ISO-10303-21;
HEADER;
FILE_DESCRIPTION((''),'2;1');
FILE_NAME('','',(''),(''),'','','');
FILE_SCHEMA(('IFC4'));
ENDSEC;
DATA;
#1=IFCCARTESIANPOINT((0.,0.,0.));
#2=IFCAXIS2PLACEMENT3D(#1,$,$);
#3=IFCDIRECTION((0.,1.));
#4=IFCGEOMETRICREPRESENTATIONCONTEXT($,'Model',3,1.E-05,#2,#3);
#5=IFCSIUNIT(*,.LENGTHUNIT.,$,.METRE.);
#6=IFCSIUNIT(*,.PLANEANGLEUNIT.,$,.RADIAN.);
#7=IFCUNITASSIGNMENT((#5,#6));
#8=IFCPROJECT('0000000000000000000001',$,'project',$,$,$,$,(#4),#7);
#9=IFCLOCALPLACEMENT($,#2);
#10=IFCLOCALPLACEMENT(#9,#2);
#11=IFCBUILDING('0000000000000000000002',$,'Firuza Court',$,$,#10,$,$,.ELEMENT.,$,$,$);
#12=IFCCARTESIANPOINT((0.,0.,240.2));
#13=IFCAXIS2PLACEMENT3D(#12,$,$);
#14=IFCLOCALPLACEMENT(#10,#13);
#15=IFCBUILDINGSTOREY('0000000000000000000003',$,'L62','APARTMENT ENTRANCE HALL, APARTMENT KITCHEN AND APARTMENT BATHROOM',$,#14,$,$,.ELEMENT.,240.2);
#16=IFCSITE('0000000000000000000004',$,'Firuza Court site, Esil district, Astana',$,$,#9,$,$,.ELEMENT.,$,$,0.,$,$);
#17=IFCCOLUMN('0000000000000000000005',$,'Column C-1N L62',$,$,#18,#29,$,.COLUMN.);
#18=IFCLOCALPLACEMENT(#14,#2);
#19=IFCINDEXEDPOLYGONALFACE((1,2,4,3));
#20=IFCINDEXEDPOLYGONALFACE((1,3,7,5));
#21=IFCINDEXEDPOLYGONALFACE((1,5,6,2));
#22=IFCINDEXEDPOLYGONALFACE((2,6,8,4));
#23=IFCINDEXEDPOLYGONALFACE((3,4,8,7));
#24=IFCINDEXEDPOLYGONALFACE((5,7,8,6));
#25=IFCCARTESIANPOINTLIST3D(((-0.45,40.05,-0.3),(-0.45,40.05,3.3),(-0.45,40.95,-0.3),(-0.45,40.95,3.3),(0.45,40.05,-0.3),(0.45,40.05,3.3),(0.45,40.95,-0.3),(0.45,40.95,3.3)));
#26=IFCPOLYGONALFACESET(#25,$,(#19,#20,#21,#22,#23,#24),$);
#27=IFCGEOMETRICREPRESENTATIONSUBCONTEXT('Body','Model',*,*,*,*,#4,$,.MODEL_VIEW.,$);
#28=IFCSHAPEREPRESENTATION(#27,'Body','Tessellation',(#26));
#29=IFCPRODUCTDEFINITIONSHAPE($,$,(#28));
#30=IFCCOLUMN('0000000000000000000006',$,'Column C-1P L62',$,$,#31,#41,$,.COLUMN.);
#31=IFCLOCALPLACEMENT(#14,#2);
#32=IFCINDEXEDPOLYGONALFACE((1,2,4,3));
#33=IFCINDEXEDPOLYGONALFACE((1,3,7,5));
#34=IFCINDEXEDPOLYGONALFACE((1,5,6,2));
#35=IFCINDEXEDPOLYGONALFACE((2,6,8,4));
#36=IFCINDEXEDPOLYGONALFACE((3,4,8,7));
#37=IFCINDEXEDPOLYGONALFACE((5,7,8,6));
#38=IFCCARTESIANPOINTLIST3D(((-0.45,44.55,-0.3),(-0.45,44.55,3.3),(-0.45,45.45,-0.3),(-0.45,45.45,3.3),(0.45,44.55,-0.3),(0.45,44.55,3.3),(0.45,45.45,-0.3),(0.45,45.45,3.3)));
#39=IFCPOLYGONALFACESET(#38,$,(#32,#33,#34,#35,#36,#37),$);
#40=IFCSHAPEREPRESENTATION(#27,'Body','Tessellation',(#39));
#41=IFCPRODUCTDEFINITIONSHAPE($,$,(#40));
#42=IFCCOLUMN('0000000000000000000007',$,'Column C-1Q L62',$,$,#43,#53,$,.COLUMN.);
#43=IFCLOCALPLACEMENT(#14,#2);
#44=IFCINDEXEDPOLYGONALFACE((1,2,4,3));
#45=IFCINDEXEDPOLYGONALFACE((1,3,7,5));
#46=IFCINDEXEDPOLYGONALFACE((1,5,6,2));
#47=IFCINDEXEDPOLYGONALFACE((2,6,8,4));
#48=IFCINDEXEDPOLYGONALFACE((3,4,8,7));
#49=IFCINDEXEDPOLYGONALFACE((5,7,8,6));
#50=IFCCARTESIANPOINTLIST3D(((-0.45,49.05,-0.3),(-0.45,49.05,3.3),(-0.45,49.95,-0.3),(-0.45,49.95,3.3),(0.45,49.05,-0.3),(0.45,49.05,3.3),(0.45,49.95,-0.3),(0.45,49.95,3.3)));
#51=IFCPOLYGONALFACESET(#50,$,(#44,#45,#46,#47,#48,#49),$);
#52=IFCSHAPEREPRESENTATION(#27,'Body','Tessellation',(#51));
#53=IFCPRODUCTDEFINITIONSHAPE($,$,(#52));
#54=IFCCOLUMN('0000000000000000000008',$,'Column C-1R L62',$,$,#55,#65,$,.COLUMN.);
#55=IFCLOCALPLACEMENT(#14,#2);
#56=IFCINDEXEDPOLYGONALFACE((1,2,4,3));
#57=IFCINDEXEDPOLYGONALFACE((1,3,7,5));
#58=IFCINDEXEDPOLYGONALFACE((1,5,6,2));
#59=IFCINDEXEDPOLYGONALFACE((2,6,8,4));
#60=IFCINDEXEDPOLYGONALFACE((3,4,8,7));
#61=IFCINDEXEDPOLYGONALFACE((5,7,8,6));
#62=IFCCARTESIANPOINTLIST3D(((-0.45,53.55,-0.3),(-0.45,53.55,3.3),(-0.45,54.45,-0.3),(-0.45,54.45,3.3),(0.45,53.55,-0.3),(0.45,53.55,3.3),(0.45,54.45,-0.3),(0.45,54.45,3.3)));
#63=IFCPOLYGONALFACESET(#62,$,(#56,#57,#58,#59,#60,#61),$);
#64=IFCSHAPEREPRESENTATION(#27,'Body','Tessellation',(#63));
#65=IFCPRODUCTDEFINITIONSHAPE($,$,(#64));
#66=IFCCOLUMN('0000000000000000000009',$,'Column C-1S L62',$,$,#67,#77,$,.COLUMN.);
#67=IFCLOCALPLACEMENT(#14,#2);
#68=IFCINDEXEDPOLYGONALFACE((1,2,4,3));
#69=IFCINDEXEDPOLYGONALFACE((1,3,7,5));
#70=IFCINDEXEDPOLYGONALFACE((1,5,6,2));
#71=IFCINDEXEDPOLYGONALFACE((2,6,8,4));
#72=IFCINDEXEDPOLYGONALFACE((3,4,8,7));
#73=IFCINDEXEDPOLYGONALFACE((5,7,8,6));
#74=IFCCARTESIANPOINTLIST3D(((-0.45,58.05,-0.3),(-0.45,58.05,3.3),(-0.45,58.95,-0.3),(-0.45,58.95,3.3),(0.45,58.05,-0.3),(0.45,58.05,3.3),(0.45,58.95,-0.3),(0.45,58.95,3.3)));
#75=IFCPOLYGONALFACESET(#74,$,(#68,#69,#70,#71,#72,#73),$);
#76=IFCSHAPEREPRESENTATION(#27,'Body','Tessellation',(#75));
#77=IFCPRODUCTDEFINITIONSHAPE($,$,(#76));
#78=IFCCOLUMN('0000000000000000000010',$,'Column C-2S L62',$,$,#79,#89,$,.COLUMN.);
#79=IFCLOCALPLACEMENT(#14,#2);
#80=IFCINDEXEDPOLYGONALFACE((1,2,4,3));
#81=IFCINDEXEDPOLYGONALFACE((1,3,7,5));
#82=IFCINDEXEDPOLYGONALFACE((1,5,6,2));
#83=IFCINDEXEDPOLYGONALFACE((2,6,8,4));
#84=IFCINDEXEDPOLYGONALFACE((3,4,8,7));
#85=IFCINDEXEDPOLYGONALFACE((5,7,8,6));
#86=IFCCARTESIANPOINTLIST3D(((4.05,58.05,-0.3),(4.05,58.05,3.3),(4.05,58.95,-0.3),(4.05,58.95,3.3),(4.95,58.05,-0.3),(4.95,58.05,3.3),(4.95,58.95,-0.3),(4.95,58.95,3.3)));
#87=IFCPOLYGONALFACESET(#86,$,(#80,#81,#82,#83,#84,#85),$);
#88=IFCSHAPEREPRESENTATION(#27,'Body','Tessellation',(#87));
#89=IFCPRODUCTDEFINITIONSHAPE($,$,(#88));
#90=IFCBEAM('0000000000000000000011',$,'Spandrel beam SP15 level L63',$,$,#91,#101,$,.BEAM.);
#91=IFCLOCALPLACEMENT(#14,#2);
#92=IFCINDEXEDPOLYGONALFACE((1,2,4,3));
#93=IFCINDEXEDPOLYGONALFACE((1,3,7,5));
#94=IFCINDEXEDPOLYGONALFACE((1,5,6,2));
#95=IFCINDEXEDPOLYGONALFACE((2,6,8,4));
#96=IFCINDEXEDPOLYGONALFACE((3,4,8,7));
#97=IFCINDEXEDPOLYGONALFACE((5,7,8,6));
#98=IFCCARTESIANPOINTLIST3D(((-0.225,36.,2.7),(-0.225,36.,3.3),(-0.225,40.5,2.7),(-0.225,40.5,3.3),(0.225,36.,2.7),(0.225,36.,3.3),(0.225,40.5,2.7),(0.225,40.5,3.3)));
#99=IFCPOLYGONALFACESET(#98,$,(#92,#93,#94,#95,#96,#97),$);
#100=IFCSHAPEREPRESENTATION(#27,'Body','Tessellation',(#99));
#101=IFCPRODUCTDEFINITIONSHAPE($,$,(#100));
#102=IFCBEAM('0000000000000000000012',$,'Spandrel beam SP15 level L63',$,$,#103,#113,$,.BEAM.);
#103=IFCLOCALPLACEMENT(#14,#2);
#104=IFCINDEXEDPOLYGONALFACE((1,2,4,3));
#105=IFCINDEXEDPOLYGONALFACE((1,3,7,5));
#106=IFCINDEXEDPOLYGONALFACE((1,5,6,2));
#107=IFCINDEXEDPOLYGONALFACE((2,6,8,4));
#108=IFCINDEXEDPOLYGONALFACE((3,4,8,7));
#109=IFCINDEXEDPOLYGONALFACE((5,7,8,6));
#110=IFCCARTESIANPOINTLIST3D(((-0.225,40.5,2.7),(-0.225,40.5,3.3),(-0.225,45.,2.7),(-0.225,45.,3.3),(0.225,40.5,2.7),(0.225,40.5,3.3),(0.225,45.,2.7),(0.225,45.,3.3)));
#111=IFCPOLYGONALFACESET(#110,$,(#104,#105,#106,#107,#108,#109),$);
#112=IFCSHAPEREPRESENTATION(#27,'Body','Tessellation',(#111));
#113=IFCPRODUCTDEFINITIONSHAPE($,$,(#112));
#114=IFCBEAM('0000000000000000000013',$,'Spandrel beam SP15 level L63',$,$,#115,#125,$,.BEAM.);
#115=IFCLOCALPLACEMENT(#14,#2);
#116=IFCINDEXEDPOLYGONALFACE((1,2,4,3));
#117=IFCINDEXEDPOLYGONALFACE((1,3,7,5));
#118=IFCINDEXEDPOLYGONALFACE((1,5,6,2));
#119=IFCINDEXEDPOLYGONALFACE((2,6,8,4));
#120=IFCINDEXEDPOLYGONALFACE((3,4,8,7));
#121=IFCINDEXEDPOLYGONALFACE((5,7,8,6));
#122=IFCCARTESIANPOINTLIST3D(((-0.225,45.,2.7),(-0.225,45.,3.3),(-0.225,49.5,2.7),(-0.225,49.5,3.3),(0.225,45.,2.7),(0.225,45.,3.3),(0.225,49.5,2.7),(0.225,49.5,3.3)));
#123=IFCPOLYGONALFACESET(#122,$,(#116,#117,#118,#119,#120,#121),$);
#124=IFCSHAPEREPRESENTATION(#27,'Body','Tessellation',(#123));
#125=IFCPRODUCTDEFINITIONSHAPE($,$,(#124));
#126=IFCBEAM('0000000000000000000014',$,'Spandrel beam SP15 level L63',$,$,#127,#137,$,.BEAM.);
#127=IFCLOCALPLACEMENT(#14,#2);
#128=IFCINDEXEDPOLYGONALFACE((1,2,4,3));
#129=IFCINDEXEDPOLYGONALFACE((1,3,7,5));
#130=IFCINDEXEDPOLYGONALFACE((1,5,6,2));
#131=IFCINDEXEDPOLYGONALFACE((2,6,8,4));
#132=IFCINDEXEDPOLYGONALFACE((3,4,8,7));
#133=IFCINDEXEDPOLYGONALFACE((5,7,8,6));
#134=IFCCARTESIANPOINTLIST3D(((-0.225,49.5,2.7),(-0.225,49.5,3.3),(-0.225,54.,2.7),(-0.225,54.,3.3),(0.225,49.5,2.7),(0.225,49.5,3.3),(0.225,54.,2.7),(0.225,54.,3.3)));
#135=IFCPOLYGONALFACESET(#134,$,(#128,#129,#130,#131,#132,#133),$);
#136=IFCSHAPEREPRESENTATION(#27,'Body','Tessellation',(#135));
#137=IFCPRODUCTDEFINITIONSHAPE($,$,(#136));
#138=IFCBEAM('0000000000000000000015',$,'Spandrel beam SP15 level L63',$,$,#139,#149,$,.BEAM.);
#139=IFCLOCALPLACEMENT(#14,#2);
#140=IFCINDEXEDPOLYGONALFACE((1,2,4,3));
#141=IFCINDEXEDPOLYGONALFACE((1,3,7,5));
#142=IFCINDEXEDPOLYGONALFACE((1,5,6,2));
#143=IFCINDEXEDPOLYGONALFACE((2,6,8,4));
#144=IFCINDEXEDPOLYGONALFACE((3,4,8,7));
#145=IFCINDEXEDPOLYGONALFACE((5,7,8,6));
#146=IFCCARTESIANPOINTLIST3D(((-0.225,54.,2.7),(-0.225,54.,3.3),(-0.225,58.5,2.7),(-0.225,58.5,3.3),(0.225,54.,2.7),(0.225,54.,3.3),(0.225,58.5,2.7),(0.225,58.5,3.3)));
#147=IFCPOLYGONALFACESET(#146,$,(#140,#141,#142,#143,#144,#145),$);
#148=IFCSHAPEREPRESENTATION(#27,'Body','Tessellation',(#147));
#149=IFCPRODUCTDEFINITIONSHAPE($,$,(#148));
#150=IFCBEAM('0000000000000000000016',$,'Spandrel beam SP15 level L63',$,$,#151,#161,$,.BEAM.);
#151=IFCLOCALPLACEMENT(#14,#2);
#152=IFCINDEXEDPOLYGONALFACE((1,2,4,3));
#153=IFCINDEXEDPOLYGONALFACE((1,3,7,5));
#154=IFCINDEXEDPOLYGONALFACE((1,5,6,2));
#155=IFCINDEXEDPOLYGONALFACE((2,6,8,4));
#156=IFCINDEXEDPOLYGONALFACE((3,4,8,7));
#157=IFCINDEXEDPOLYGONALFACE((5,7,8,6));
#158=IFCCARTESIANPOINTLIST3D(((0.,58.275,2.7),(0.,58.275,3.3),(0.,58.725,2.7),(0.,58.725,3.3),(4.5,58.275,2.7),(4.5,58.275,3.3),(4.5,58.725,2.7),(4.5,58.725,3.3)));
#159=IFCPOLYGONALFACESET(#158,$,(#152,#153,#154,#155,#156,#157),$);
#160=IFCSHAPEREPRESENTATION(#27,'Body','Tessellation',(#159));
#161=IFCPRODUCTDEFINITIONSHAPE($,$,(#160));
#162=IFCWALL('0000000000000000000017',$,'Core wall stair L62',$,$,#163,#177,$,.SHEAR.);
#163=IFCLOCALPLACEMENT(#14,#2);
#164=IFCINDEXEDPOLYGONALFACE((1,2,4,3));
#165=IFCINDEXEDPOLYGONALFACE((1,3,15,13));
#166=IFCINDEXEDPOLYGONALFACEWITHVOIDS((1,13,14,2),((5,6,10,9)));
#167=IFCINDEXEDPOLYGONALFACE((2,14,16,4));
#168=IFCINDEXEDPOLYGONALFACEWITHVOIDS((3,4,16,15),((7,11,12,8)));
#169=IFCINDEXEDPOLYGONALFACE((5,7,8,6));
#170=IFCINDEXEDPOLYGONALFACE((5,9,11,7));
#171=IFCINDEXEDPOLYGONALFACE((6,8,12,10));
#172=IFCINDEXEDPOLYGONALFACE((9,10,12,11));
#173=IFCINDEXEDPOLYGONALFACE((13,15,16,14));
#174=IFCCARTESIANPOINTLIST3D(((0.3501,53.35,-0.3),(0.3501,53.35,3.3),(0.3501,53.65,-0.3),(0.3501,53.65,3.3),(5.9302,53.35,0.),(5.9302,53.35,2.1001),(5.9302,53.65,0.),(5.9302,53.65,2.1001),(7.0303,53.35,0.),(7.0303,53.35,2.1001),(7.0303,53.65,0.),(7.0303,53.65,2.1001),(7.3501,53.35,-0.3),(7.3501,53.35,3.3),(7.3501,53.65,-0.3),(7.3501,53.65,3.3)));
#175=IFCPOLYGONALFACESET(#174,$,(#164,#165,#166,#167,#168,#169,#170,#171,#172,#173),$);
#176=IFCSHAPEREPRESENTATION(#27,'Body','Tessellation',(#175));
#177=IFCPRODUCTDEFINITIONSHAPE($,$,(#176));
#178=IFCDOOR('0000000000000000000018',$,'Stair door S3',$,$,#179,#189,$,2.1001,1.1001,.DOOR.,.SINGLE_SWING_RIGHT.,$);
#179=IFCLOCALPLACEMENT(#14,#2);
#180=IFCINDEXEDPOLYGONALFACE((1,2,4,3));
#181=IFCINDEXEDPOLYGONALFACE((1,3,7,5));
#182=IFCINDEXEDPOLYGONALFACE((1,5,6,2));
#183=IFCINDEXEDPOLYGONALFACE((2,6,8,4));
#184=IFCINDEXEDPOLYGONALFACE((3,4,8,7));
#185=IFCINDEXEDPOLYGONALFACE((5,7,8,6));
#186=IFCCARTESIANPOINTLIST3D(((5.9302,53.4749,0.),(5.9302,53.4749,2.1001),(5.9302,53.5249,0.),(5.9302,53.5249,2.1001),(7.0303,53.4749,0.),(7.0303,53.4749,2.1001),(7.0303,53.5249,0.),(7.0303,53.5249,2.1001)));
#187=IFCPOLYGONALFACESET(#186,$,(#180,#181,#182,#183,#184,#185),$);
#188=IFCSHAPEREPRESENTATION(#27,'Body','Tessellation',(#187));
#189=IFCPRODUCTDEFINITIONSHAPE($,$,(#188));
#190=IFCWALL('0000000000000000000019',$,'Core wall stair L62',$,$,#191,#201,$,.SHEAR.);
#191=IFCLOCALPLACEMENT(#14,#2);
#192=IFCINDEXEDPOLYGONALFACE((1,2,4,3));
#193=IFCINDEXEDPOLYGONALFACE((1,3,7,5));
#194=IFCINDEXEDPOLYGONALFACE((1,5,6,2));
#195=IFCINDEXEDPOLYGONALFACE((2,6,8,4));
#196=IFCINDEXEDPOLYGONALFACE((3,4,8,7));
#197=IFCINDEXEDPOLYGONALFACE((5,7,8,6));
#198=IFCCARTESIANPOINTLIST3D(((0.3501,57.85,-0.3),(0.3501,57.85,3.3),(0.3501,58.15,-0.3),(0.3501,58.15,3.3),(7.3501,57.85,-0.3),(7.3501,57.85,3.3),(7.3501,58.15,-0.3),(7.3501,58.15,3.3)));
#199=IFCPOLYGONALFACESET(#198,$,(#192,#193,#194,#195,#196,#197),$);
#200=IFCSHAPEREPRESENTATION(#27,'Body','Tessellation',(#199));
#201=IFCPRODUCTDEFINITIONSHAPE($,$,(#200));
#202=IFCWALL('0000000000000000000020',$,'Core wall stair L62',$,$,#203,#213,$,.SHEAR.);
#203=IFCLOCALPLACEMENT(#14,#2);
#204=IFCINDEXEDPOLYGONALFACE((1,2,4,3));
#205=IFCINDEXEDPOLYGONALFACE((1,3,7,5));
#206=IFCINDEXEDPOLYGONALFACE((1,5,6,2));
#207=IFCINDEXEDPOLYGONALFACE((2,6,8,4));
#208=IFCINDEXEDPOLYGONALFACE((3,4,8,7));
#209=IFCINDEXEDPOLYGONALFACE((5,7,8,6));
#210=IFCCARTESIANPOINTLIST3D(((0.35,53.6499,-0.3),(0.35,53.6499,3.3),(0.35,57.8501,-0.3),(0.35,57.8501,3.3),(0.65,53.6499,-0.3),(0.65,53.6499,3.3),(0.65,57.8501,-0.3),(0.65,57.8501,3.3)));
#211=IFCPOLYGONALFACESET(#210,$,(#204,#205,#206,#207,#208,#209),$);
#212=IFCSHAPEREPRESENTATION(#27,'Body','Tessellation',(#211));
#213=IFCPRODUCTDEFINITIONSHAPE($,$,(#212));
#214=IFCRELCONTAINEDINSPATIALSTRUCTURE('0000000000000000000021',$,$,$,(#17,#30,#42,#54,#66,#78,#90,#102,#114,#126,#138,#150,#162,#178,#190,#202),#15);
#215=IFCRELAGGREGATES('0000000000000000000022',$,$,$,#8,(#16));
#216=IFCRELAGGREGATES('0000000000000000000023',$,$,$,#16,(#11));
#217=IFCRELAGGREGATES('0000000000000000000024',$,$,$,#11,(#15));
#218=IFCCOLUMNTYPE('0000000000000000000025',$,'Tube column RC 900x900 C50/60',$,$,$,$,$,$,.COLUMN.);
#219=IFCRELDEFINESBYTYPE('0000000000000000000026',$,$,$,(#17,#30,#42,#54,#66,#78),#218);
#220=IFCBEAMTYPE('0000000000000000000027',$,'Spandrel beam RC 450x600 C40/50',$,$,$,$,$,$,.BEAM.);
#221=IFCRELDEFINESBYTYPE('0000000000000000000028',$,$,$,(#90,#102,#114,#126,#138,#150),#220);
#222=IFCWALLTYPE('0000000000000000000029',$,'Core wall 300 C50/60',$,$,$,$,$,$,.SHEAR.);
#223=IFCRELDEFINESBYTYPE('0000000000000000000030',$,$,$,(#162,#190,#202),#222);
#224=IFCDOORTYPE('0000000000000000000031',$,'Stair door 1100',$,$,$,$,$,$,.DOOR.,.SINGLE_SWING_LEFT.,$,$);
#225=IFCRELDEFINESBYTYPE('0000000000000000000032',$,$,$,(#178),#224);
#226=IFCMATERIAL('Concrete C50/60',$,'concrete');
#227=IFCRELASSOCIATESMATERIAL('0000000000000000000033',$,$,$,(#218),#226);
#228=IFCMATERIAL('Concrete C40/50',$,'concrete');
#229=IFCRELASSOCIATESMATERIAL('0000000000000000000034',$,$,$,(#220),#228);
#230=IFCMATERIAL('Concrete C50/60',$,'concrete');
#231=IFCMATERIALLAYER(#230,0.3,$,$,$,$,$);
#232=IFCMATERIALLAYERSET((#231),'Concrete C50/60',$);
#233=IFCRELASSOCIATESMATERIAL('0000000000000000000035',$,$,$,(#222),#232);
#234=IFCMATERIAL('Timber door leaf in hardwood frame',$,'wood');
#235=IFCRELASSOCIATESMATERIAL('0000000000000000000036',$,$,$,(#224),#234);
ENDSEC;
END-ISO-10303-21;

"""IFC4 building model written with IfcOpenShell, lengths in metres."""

from ifc_helpers import new_model, si_unit, direction, frame, frame_2d, origin, origin_2d, place, context, subcontext, project, spatial, rectangle, extrude, material, layer, layer_set, material_profile, profile_set, type_object, element, fill, save


model = new_model("IFC4")

# Units and contexts
model_context = context("Model", 3, precision=1e-05, world=origin(), true_north=direction((0.0, 1.0)))
body_context = subcontext(model_context, "Body", "Model", "MODEL_VIEW")
ifc_project = project(units=[si_unit("LENGTHUNIT", "METRE"), si_unit("PLANEANGLEUNIT", "RADIAN")], contexts=[model_context])

# Site, building, storey
site_placement = place(None, origin())
site = spatial("IfcSite", under=ifc_project, at=site_placement, Name="Firuza Court site, Esil district, Astana", CompositionType="ELEMENT", RefElevation=0.0)
building_placement = place(site_placement, origin())
building = spatial("IfcBuilding", under=site, at=building_placement, Name="Firuza Court", CompositionType="ELEMENT")
storey_placement = place(building_placement, frame((0.0, 0.0, 240.2)))
storey = spatial("IfcBuildingStorey", under=building, at=storey_placement, Name="L62", Description="APARTMENT ENTRANCE HALL, APARTMENT KITCHEN AND APARTMENT BATHROOM", CompositionType="ELEMENT", Elevation=240.2)

# Columns
ifc_material_1 = material(Name="Concrete C50/60", Category="concrete")
ifc_material_profile_1 = material_profile(ifc_material_1, rectangle(XDim=0.8999, YDim=0.8999, at=origin_2d()), Name="RC 900x900")
ifc_profile_set_1 = profile_set([ifc_material_profile_1], Name="Concrete C50/60")
column_type = type_object("IfcColumnType", Name="Tube column RC 900x900 C50/60", PredefinedType="COLUMN", material=ifc_profile_set_1)
for number, where, z_axis, x_axis, name in (
    (1, (0.0, 40.5, -0.3), (0.0, 0.0, 1.0), (1.0, 0.0, 0.0), "Column C-1N L62"),
    (2, (0.0, 45.0, -0.3), (0.0, 0.0, 1.0), (1.0, 0.0, 0.0), "Column C-1P L62"),
    (3, (0.0, 49.5, -0.3), (0.0, 0.0, 1.0), (1.0, 0.0, 0.0), "Column C-1Q L62"),
    (4, (0.0, 54.0, -0.3), (0.0, 0.0, 1.0), (1.0, 0.0, 0.0), "Column C-1R L62"),
    (5, (0.0, 58.5, -0.3), (0.0, 0.0, 1.0), (1.0, 0.0, 0.0), "Column C-1S L62"),
    (6, (4.5, 58.5, -0.3), (0.0, 0.0, 1.0), (1.0, 0.0, 0.0), "Column C-2S L62"),
):
    element("IfcColumn", number, at=place(storey_placement, frame(where, z_axis=z_axis, x_axis=x_axis)), inside=storey, type_object=column_type, Name=name, PredefinedType="COLUMN", context=body_context, shape_type="SweptSolid", body=[
        extrude(rectangle(XDim=0.8999, YDim=0.8999, at=origin_2d()), origin(), (0.0, 0.0, 1.0), 3.6001),
    ])

# Beams
ifc_material_2 = material(Name="Concrete C40/50", Category="concrete")
ifc_material_profile_2 = material_profile(ifc_material_2, rectangle(XDim=0.45, YDim=0.6001, at=origin_2d()), Name="RC 450x600")
ifc_profile_set_2 = profile_set([ifc_material_profile_2], Name="Concrete C40/50")
beam_type = type_object("IfcBeamType", Name="Spandrel beam RC 450x600 C40/50", PredefinedType="BEAM", material=ifc_profile_set_2)
for number, where, z_axis, x_axis, name in (
    (7, (0.0, 40.5, 3.0), (0.0, -1.0, 0.0), (1.0, 0.0, 0.0), "Spandrel beam SP15 level L63"),
    (8, (0.0, 45.0, 3.0), (0.0, -1.0, 0.0), (1.0, 0.0, 0.0), "Spandrel beam SP15 level L63"),
    (9, (0.0, 49.5, 3.0), (0.0, -1.0, 0.0), (1.0, 0.0, 0.0), "Spandrel beam SP15 level L63"),
    (10, (0.0, 54.0, 3.0), (0.0, -1.0, 0.0), (1.0, 0.0, 0.0), "Spandrel beam SP15 level L63"),
    (11, (0.0, 58.5, 3.0), (0.0, -1.0, 0.0), (1.0, 0.0, 0.0), "Spandrel beam SP15 level L63"),
    (12, (4.5, 58.5, 3.0), (-1.0, 0.0, 0.0), (0.0, -1.0, 0.0), "Spandrel beam SP15 level L63"),
):
    element("IfcBeam", number, at=place(storey_placement, frame(where, z_axis=z_axis, x_axis=x_axis)), inside=storey, type_object=beam_type, Name=name, PredefinedType="BEAM", context=body_context, shape_type="SweptSolid", body=[
        extrude(rectangle(XDim=0.45, YDim=0.6001, at=origin_2d()), origin(), (0.0, 0.0, 1.0), 4.5),
    ])

# Wall, opening, door
ifc_material_3 = material(Name="Concrete C50/60", Category="concrete")
ifc_layer_1 = layer(ifc_material_3, 0.3)
ifc_layer_set_1 = layer_set([ifc_layer_1], Name="Concrete C50/60")
wall_type_1 = type_object("IfcWallType", Name="Core wall 300 C50/60", PredefinedType="SHEAR", material=ifc_layer_set_1)
wall_1_placement = place(storey_placement, frame((0.3501, 53.5, -0.3), z_axis=(0.0, 0.0, 1.0), x_axis=(1.0, 0.0, 0.0)))
wall_1 = element("IfcWall", 13, at=wall_1_placement, inside=storey, type_object=wall_type_1, Name="Core wall stair L62", PredefinedType="SHEAR", context=body_context, shape_type="SweptSolid", body=[
    extrude(rectangle(XDim=7.0, YDim=0.3, at=frame_2d((3.5, 0.0))), origin(), (0.0, 0.0, 1.0), 3.6001),
])
opening_placement = place(wall_1_placement, frame((5.5801, 0.0, 0.3)))
opening = element("IfcOpeningElement", 14, at=opening_placement, cuts=wall_1, PredefinedType="OPENING", context=body_context, shape_type="SweptSolid", body=[
    extrude(rectangle(XDim=1.1001, YDim=2.1001, at=frame_2d((0.55, 1.05))), frame((0.0, 0.1621, 0.0), z_axis=(0.0, -1.0, 0.0), x_axis=(1.0, 0.0, 0.0)), (0.0, 0.0, 1.0), 0.324),
])
ifc_material_4 = material(Name="Timber door leaf in hardwood frame", Category="wood")
door_type = type_object("IfcDoorType", Name="Stair door 1100", OperationType="SINGLE_SWING_LEFT", PredefinedType="DOOR", material=ifc_material_4)
door_placement = place(opening_placement, origin())
door = element("IfcDoor", 15, at=door_placement, inside=storey, type_object=door_type, Name="Stair door S3", OperationType="SINGLE_SWING_RIGHT", OverallHeight=2.1001, OverallWidth=1.1001, PredefinedType="DOOR", context=body_context, shape_type="SweptSolid", body=[
    extrude(rectangle(XDim=1.1001, YDim=2.1001, at=frame_2d((0.55, 1.05))), frame((0.0, 0.0249, 0.0), z_axis=(0.0, -1.0, 0.0), x_axis=(1.0, 0.0, 0.0)), (0.0, 0.0, 1.0), 0.05),
])
fill(opening, door)

# Walls
wall_2_placement = place(storey_placement, frame((0.3501, 58.0, -0.3), z_axis=(0.0, 0.0, 1.0), x_axis=(1.0, 0.0, 0.0)))
element("IfcWall", 16, at=wall_2_placement, inside=storey, type_object=wall_type_1, Name="Core wall stair L62", PredefinedType="SHEAR", context=body_context, shape_type="SweptSolid", body=[
    extrude(rectangle(XDim=7.0, YDim=0.3, at=frame_2d((3.5, 0.0))), origin(), (0.0, 0.0, 1.0), 3.6001),
])
wall_3_placement = place(storey_placement, frame((0.5, 53.6499, -0.3), z_axis=(0.0, 0.0, 1.0), x_axis=(0.0, 1.0, 0.0)))
element("IfcWall", 17, at=wall_3_placement, inside=storey, type_object=wall_type_1, Name="Core wall stair L62", PredefinedType="SHEAR", context=body_context, shape_type="SweptSolid", body=[
    extrude(rectangle(XDim=4.2002, YDim=0.3, at=frame_2d((2.1001, 0.0))), origin(), (0.0, 0.0, 1.0), 3.6001),
])

save(model, "model.ifc")
